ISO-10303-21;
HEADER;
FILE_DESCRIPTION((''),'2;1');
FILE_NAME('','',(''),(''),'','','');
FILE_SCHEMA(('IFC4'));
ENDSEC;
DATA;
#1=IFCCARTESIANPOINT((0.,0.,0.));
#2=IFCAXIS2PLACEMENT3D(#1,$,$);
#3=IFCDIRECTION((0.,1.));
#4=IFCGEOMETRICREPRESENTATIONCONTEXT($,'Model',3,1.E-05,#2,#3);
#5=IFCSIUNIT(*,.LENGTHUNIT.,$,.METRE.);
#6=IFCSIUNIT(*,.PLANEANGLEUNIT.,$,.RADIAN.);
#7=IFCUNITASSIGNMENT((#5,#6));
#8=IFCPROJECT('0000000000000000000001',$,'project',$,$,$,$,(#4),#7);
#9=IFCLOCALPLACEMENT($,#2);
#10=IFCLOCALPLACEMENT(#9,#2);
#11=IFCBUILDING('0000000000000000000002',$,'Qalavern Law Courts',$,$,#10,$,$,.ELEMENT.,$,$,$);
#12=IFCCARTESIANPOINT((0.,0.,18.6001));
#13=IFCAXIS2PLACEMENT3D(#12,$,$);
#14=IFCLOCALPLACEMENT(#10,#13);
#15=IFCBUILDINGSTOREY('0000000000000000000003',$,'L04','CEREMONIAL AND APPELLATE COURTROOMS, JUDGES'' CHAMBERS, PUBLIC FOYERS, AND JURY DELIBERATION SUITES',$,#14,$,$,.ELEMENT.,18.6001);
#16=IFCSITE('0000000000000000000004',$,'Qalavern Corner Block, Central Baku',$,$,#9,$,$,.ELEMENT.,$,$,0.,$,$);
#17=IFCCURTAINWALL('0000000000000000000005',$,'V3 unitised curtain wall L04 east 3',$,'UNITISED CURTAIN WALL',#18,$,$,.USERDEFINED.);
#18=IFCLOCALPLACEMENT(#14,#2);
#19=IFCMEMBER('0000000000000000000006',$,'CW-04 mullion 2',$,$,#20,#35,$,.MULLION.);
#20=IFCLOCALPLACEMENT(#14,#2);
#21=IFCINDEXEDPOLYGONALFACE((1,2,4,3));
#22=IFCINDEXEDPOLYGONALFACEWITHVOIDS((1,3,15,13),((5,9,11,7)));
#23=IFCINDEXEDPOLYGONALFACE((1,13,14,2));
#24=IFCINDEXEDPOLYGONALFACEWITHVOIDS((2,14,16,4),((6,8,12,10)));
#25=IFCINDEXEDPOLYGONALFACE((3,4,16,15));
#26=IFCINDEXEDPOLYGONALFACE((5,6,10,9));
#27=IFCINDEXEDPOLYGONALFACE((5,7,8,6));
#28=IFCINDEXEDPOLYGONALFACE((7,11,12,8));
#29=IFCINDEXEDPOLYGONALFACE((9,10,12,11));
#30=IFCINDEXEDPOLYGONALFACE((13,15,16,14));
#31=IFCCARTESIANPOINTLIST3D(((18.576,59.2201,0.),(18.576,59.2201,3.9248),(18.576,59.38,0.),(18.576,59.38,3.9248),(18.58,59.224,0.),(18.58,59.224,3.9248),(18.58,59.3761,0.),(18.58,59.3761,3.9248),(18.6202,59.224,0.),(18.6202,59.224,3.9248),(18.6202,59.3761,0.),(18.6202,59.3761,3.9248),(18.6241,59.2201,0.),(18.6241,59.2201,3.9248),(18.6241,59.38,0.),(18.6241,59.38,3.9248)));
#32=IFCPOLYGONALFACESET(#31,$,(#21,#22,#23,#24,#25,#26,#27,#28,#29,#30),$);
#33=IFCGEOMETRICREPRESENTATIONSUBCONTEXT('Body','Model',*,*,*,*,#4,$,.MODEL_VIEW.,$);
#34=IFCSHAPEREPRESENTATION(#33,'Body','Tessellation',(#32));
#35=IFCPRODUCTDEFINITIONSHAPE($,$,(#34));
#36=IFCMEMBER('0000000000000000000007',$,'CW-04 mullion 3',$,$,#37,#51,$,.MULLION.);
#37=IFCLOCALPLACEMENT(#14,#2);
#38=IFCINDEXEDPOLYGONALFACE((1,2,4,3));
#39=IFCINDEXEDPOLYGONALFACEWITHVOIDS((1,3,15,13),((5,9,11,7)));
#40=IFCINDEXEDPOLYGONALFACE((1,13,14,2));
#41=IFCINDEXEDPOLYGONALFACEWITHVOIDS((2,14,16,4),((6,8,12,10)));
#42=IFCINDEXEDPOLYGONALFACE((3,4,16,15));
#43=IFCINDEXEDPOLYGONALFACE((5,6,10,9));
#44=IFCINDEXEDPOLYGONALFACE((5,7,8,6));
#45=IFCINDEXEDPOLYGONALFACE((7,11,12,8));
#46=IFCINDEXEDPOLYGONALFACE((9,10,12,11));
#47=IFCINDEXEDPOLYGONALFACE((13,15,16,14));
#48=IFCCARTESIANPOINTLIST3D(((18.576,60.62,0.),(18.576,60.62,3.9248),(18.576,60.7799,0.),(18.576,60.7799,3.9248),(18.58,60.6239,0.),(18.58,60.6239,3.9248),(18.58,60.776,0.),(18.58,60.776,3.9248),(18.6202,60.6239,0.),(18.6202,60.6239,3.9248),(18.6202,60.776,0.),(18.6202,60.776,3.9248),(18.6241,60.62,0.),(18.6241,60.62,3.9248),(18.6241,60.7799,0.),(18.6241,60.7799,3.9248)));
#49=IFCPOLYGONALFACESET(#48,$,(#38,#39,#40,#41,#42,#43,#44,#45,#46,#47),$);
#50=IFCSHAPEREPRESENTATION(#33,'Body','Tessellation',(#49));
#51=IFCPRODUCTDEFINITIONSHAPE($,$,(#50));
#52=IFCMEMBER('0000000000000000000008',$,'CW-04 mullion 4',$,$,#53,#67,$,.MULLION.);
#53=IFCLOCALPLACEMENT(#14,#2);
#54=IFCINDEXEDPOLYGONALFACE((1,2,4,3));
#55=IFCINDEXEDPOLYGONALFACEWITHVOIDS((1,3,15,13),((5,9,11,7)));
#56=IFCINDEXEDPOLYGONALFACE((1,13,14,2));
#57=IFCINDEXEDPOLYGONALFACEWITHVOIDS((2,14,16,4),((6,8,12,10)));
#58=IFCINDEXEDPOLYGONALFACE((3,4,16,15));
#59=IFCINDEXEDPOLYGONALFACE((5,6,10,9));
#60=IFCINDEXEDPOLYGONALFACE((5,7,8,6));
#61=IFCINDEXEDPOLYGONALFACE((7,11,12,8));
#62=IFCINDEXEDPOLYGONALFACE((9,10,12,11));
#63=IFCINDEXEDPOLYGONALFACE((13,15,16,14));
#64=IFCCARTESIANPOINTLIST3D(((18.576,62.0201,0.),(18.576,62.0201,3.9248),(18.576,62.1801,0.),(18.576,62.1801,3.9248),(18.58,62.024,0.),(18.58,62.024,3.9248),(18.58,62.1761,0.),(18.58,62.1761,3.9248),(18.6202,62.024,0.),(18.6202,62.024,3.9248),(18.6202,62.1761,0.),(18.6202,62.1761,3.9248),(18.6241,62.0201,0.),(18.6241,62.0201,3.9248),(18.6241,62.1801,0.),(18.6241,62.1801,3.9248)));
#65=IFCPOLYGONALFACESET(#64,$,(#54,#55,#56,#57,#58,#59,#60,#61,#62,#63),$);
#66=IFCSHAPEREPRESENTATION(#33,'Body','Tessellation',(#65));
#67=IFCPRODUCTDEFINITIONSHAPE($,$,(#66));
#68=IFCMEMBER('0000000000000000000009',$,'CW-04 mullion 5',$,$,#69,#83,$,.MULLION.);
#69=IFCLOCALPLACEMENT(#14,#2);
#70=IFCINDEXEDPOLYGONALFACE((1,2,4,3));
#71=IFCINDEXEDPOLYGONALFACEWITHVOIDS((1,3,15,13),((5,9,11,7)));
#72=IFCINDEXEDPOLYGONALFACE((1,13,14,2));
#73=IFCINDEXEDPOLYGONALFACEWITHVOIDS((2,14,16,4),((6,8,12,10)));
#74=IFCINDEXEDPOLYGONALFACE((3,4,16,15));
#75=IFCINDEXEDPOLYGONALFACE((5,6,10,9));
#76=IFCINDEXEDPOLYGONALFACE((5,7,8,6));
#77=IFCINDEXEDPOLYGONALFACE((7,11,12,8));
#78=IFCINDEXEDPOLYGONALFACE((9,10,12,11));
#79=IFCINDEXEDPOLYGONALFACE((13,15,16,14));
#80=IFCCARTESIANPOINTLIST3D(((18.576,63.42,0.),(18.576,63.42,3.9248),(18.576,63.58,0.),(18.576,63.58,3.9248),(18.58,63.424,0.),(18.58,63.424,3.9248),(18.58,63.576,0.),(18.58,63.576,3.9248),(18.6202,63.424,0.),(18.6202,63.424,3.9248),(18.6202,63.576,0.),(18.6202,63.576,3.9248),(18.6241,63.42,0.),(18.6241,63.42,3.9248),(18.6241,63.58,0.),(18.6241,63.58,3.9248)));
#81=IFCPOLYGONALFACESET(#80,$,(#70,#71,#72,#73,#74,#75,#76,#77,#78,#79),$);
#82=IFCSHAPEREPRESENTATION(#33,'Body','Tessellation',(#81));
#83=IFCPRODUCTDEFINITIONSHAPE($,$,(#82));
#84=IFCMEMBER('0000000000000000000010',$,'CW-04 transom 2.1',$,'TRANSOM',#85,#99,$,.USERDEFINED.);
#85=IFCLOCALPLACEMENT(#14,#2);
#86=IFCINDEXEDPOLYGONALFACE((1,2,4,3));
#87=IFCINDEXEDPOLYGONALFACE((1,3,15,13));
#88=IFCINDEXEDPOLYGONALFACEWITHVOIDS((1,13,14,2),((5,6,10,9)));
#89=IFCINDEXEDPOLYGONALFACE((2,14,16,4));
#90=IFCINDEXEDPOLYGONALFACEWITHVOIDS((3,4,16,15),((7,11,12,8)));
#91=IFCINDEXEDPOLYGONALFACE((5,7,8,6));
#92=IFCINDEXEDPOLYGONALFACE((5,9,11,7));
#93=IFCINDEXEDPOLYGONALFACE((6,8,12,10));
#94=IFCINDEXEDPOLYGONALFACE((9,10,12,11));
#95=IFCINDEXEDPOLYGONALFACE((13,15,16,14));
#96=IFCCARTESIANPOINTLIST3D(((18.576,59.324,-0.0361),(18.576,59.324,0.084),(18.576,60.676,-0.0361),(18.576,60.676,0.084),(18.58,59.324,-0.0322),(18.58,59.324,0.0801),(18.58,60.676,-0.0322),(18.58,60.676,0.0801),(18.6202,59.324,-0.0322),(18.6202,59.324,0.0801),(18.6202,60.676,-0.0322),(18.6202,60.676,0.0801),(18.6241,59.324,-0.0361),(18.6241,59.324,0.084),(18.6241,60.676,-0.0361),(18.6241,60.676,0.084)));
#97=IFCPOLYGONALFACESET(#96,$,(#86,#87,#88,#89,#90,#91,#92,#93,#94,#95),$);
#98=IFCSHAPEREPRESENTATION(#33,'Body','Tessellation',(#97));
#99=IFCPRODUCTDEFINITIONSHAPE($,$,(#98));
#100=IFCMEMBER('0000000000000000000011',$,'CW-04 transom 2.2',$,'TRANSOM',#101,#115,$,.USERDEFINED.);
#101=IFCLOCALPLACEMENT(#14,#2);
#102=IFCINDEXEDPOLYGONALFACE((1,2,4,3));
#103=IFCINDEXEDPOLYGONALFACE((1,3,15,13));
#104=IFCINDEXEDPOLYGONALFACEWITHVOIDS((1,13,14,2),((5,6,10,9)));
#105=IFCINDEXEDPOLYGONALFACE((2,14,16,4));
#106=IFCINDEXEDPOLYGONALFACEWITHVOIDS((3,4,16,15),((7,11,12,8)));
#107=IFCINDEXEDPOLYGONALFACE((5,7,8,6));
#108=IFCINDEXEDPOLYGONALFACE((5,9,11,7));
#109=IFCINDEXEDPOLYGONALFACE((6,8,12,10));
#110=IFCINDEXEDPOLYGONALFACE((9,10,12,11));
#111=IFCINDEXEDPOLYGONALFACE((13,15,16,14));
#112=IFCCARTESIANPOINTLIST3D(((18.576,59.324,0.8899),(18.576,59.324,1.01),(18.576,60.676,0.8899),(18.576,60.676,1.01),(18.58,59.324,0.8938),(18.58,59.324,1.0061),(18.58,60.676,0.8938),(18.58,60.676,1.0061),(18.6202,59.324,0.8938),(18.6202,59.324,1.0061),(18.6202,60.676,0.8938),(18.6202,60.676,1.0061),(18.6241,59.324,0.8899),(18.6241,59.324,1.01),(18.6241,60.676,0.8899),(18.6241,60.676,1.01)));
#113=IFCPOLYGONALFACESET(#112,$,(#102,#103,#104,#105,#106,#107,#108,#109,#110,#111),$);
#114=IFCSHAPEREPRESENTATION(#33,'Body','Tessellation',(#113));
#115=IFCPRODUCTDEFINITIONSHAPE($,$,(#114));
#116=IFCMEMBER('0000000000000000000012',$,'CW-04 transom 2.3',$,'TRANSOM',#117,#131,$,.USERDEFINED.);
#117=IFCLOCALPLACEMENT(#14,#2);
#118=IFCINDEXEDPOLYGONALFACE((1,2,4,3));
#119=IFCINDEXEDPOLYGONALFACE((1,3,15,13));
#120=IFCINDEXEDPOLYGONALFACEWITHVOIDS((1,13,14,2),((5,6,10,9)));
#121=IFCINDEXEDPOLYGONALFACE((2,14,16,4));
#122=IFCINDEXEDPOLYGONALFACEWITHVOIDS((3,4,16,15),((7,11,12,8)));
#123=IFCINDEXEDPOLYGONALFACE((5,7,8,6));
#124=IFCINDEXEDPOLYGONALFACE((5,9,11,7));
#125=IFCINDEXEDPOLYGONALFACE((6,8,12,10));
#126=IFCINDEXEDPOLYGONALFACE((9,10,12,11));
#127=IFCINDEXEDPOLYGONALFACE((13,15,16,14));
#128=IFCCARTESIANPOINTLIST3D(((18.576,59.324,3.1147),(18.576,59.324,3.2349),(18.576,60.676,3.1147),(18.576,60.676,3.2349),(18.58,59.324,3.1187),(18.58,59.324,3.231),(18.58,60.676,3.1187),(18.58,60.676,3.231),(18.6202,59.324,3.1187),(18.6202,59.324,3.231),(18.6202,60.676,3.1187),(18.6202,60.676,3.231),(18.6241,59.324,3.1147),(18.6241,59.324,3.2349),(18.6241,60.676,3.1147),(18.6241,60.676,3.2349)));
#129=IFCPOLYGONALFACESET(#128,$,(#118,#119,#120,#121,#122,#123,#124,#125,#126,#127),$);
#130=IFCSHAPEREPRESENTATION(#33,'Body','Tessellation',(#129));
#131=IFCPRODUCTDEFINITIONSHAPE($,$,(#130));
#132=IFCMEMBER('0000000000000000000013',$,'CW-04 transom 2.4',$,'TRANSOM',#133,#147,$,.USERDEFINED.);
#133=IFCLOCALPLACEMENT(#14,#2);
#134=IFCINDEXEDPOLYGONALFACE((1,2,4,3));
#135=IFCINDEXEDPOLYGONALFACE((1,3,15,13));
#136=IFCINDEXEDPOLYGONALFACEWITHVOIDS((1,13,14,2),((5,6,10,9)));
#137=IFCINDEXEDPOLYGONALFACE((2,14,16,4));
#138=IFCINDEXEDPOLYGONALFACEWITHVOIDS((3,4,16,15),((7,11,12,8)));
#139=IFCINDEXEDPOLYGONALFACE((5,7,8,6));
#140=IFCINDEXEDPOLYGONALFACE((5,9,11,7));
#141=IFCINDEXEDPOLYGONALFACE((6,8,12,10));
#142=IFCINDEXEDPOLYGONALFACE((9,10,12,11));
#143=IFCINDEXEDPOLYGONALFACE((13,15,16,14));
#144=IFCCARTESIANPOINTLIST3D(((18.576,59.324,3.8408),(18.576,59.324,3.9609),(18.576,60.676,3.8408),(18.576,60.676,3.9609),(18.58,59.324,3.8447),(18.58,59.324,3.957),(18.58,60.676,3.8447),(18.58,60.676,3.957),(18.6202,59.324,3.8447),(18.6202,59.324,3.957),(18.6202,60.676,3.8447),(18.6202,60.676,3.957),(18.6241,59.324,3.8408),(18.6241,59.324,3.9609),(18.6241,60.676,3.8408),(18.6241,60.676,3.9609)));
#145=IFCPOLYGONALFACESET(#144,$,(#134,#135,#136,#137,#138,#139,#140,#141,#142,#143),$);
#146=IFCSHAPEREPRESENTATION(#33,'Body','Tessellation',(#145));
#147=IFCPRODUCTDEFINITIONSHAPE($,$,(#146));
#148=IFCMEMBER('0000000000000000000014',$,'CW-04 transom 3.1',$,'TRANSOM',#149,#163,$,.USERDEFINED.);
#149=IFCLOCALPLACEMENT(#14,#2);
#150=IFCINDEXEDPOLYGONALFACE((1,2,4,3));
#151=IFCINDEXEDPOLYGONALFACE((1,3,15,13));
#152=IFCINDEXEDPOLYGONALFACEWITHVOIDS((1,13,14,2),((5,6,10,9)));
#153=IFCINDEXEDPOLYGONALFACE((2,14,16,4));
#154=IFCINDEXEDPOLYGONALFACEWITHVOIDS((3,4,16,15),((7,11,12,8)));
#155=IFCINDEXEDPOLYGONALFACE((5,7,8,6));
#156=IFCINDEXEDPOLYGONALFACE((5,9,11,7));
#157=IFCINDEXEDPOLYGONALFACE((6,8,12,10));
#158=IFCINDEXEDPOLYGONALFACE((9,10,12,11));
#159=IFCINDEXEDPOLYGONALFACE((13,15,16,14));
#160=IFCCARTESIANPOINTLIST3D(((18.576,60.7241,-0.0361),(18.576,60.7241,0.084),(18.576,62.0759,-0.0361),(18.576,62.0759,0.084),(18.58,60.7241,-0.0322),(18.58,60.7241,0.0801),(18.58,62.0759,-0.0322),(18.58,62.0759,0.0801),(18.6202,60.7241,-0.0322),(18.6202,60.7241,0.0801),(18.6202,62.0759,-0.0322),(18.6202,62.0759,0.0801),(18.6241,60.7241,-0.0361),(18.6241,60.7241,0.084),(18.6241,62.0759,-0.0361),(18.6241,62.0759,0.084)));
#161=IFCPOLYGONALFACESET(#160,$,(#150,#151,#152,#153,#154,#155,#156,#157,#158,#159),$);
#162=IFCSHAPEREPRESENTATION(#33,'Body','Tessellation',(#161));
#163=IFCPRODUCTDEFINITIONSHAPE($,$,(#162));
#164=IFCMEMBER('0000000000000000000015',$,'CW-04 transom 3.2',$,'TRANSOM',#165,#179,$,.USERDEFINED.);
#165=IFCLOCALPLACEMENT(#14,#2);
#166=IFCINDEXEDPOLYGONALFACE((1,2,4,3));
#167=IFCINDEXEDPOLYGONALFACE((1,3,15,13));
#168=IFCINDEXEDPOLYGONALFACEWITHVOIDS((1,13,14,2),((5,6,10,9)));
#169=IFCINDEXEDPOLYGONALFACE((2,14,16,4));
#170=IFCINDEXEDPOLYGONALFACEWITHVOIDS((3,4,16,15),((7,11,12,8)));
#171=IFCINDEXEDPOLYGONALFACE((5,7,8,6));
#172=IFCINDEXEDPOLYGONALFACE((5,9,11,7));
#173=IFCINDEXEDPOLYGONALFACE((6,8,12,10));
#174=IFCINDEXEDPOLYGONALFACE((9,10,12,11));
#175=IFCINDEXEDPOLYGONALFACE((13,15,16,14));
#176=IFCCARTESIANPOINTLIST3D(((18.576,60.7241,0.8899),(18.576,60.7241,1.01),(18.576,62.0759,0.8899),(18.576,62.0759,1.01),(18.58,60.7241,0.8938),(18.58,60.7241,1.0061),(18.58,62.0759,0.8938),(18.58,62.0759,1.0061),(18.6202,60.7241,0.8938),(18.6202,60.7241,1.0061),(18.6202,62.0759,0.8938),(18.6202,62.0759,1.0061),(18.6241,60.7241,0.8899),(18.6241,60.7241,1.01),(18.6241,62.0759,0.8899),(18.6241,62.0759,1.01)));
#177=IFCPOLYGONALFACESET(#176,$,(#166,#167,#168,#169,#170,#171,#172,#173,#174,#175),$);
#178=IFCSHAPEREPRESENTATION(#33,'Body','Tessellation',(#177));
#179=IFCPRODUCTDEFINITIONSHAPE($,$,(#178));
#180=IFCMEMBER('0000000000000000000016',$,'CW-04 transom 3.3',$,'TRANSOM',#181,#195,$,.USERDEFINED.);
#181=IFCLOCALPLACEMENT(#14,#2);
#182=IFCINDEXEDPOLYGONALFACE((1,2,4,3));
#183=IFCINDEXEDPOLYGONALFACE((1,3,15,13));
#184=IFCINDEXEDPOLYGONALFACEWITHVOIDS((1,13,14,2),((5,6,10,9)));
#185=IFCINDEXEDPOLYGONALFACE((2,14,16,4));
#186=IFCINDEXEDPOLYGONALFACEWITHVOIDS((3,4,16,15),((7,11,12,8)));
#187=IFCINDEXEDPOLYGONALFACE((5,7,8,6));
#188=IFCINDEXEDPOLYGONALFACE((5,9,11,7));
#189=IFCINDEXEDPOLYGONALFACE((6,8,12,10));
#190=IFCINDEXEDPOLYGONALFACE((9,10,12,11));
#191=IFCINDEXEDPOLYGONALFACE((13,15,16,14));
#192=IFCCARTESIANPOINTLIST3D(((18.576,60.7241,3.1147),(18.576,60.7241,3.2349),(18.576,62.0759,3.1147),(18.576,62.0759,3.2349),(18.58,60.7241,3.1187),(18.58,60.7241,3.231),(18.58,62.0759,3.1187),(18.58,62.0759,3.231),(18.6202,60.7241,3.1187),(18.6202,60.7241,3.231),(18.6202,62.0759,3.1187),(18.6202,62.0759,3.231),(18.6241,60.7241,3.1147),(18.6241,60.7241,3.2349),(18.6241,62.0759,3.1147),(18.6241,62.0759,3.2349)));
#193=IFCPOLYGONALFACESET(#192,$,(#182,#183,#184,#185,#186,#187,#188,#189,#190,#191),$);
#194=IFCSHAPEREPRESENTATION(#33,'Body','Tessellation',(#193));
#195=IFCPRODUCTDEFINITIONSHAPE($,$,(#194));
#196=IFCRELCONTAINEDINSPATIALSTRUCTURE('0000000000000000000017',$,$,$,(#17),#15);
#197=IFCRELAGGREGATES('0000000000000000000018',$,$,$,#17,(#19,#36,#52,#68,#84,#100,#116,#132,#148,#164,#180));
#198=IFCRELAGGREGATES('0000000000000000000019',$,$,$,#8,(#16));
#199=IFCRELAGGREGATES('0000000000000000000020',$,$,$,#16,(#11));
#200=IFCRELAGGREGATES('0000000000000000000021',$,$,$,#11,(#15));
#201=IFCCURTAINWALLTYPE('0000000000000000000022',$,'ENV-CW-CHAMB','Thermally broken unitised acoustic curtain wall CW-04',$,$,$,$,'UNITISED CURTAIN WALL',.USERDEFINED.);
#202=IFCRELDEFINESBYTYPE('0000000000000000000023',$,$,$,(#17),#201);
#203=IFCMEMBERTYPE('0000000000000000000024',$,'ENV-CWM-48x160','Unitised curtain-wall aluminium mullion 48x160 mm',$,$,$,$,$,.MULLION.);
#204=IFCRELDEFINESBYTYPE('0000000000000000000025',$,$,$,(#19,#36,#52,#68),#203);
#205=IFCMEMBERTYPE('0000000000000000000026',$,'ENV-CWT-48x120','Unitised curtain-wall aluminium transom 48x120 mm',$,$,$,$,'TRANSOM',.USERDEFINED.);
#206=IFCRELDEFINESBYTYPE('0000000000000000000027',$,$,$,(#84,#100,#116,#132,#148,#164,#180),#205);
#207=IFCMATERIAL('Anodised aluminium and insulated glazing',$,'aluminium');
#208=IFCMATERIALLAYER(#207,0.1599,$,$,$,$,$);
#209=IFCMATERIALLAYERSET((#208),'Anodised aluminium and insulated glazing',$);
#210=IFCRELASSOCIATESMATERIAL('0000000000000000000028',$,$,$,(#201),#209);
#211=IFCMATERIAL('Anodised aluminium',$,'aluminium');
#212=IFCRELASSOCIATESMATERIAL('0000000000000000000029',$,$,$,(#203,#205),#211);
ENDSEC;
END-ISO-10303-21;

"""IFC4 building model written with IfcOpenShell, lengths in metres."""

from ifc_helpers import new_model, si_unit, direction, frame, origin, origin_2d, place, context, subcontext, project, spatial, hollow_rectangle, extrude, material, layer, layer_set, material_profile, profile_set, type_object, element, aggregate, save


model = new_model("IFC4")

# Units and contexts
model_context = context("Model", 3, precision=1e-05, world=origin(), true_north=direction((0.0, 1.0)))
body_context = subcontext(model_context, "Body", "Model", "MODEL_VIEW")
ifc_project = project(units=[si_unit("LENGTHUNIT", "METRE"), si_unit("PLANEANGLEUNIT", "RADIAN")], contexts=[model_context])

# Site, building, storey
site_placement = place(None, origin())
site = spatial("IfcSite", under=ifc_project, at=site_placement, Name="Qalavern Corner Block, Central Baku", CompositionType="ELEMENT", RefElevation=0.0)
building_placement = place(site_placement, origin())
building = spatial("IfcBuilding", under=site, at=building_placement, Name="Qalavern Law Courts", CompositionType="ELEMENT")
storey_placement = place(building_placement, frame((0.0, 0.0, 18.6001)))
storey = spatial("IfcBuildingStorey", under=building, at=storey_placement, Name="L04", Description="CEREMONIAL AND APPELLATE COURTROOMS, JUDGES' CHAMBERS, PUBLIC FOYERS, AND JURY DELIBERATION SUITES", CompositionType="ELEMENT", Elevation=18.6001)

# Curtain wall, members
ifc_material_1 = material(Name="Anodised aluminium and insulated glazing", Category="aluminium")
ifc_layer_1 = layer(ifc_material_1, 0.1599)
ifc_layer_set_1 = layer_set([ifc_layer_1], Name="Anodised aluminium and insulated glazing")
curtain_wall_type = type_object("IfcCurtainWallType", Name="ENV-CW-CHAMB", Description="Thermally broken unitised acoustic curtain wall CW-04", ElementType="UNITISED CURTAIN WALL", PredefinedType="USERDEFINED", material=ifc_layer_set_1)
curtain_wall_placement = place(storey_placement, origin())
curtain_wall = element("IfcCurtainWall", 1, at=curtain_wall_placement, inside=storey, type_object=curtain_wall_type, Name="V3 unitised curtain wall L04 east 3", ObjectType="UNITISED CURTAIN WALL", PredefinedType="USERDEFINED")
ifc_material_2 = material(Name="Anodised aluminium", Category="aluminium")
ifc_material_profile_1 = material_profile(ifc_material_2, hollow_rectangle(XDim=0.0481, YDim=0.1599, WallThickness=0.0039, at=origin_2d()), Name="ALU MULLION 48x160")
ifc_profile_set_1 = profile_set([ifc_material_profile_1], Name="Anodised aluminium")
member_type_1 = type_object("IfcMemberType", Name="ENV-CWM-48x160", Description="Unitised curtain-wall aluminium mullion 48x160 mm", PredefinedType="MULLION", material=ifc_profile_set_1)
member_1_placement = place(storey_placement, frame((18.6001, 59.3, 0.0), z_axis=(0.0, 0.0, 1.0), x_axis=(-1.0, 0.0, 0.0)))
member_1 = element("IfcMember", 2, at=member_1_placement, type_object=member_type_1, Name="CW-04 mullion 2", PredefinedType="MULLION", context=body_context, shape_type="SweptSolid", body=[
    extrude(hollow_rectangle(XDim=0.0481, YDim=0.1599, WallThickness=0.0039, at=origin_2d()), origin(), (0.0, 0.0, 1.0), 3.9248),
])
member_2_placement = place(storey_placement, frame((18.6001, 60.7, 0.0), z_axis=(0.0, 0.0, 1.0), x_axis=(-1.0, 0.0, 0.0)))
member_2 = element("IfcMember", 3, at=member_2_placement, type_object=member_type_1, Name="CW-04 mullion 3", PredefinedType="MULLION", context=body_context, shape_type="SweptSolid", body=[
    extrude(hollow_rectangle(XDim=0.0481, YDim=0.1599, WallThickness=0.0039, at=origin_2d()), origin(), (0.0, 0.0, 1.0), 3.9248),
])
member_3_placement = place(storey_placement, frame((18.6001, 62.1001, 0.0), z_axis=(0.0, 0.0, 1.0), x_axis=(-1.0, 0.0, 0.0)))
member_3 = element("IfcMember", 4, at=member_3_placement, type_object=member_type_1, Name="CW-04 mullion 4", PredefinedType="MULLION", context=body_context, shape_type="SweptSolid", body=[
    extrude(hollow_rectangle(XDim=0.0481, YDim=0.1599, WallThickness=0.0039, at=origin_2d()), origin(), (0.0, 0.0, 1.0), 3.9248),
])
member_4_placement = place(storey_placement, frame((18.6001, 63.5, 0.0), z_axis=(0.0, 0.0, 1.0), x_axis=(-1.0, 0.0, 0.0)))
member_4 = element("IfcMember", 5, at=member_4_placement, type_object=member_type_1, Name="CW-04 mullion 5", PredefinedType="MULLION", context=body_context, shape_type="SweptSolid", body=[
    extrude(hollow_rectangle(XDim=0.0481, YDim=0.1599, WallThickness=0.0039, at=origin_2d()), origin(), (0.0, 0.0, 1.0), 3.9248),
])
ifc_material_profile_2 = material_profile(ifc_material_2, hollow_rectangle(XDim=0.0481, YDim=0.1201, WallThickness=0.0039, at=origin_2d()), Name="ALU TRANSOM 48x120")
ifc_profile_set_2 = profile_set([ifc_material_profile_2], Name="Anodised aluminium")
member_type_2 = type_object("IfcMemberType", Name="ENV-CWT-48x120", Description="Unitised curtain-wall aluminium transom 48x120 mm", ElementType="TRANSOM", PredefinedType="USERDEFINED", material=ifc_profile_set_2)
member_5_placement = place(storey_placement, frame((18.6001, 59.324, 0.0239), z_axis=(0.0, 1.0, 0.0), x_axis=(-1.0, 0.0, 0.0)))
member_5 = element("IfcMember", 6, at=member_5_placement, type_object=member_type_2, Name="CW-04 transom 2.1", ObjectType="TRANSOM", PredefinedType="USERDEFINED", context=body_context, shape_type="SweptSolid", body=[
    extrude(hollow_rectangle(XDim=0.0481, YDim=0.1201, WallThickness=0.0039, at=origin_2d()), origin(), (0.0, 0.0, 1.0), 1.3521),
])
member_6_placement = place(storey_placement, frame((18.6001, 59.324, 0.95), z_axis=(0.0, 1.0, 0.0), x_axis=(-1.0, 0.0, 0.0)))
member_6 = element("IfcMember", 7, at=member_6_placement, type_object=member_type_2, Name="CW-04 transom 2.2", ObjectType="TRANSOM", PredefinedType="USERDEFINED", context=body_context, shape_type="SweptSolid", body=[
    extrude(hollow_rectangle(XDim=0.0481, YDim=0.1201, WallThickness=0.0039, at=origin_2d()), origin(), (0.0, 0.0, 1.0), 1.3521),
])
member_7_placement = place(storey_placement, frame((18.6001, 59.324, 3.1748), z_axis=(0.0, 1.0, 0.0), x_axis=(-1.0, 0.0, 0.0)))
member_7 = element("IfcMember", 8, at=member_7_placement, type_object=member_type_2, Name="CW-04 transom 2.3", ObjectType="TRANSOM", PredefinedType="USERDEFINED", context=body_context, shape_type="SweptSolid", body=[
    extrude(hollow_rectangle(XDim=0.0481, YDim=0.1201, WallThickness=0.0039, at=origin_2d()), origin(), (0.0, 0.0, 1.0), 1.3521),
])
member_8_placement = place(storey_placement, frame((18.6001, 59.324, 3.9009), z_axis=(0.0, 1.0, 0.0), x_axis=(-1.0, 0.0, 0.0)))
member_8 = element("IfcMember", 9, at=member_8_placement, type_object=member_type_2, Name="CW-04 transom 2.4", ObjectType="TRANSOM", PredefinedType="USERDEFINED", context=body_context, shape_type="SweptSolid", body=[
    extrude(hollow_rectangle(XDim=0.0481, YDim=0.1201, WallThickness=0.0039, at=origin_2d()), origin(), (0.0, 0.0, 1.0), 1.3521),
])
member_9_placement = place(storey_placement, frame((18.6001, 60.7241, 0.0239), z_axis=(0.0, 1.0, 0.0), x_axis=(-1.0, 0.0, 0.0)))
member_9 = element("IfcMember", 10, at=member_9_placement, type_object=member_type_2, Name="CW-04 transom 3.1", ObjectType="TRANSOM", PredefinedType="USERDEFINED", context=body_context, shape_type="SweptSolid", body=[
    extrude(hollow_rectangle(XDim=0.0481, YDim=0.1201, WallThickness=0.0039, at=origin_2d()), origin(), (0.0, 0.0, 1.0), 1.3518),
])
member_10_placement = place(storey_placement, frame((18.6001, 60.7241, 0.95), z_axis=(0.0, 1.0, 0.0), x_axis=(-1.0, 0.0, 0.0)))
member_10 = element("IfcMember", 11, at=member_10_placement, type_object=member_type_2, Name="CW-04 transom 3.2", ObjectType="TRANSOM", PredefinedType="USERDEFINED", context=body_context, shape_type="SweptSolid", body=[
    extrude(hollow_rectangle(XDim=0.0481, YDim=0.1201, WallThickness=0.0039, at=origin_2d()), origin(), (0.0, 0.0, 1.0), 1.3518),
])
member_11_placement = place(storey_placement, frame((18.6001, 60.7241, 3.1748), z_axis=(0.0, 1.0, 0.0), x_axis=(-1.0, 0.0, 0.0)))
member_11 = element("IfcMember", 12, at=member_11_placement, type_object=member_type_2, Name="CW-04 transom 3.3", ObjectType="TRANSOM", PredefinedType="USERDEFINED", context=body_context, shape_type="SweptSolid", body=[
    extrude(hollow_rectangle(XDim=0.0481, YDim=0.1201, WallThickness=0.0039, at=origin_2d()), origin(), (0.0, 0.0, 1.0), 1.3518),
])

aggregate(curtain_wall, [member_1, member_2, member_3, member_4, member_5, member_6, member_7, member_8, member_9, member_10, member_11])

save(model, "model.ifc")
